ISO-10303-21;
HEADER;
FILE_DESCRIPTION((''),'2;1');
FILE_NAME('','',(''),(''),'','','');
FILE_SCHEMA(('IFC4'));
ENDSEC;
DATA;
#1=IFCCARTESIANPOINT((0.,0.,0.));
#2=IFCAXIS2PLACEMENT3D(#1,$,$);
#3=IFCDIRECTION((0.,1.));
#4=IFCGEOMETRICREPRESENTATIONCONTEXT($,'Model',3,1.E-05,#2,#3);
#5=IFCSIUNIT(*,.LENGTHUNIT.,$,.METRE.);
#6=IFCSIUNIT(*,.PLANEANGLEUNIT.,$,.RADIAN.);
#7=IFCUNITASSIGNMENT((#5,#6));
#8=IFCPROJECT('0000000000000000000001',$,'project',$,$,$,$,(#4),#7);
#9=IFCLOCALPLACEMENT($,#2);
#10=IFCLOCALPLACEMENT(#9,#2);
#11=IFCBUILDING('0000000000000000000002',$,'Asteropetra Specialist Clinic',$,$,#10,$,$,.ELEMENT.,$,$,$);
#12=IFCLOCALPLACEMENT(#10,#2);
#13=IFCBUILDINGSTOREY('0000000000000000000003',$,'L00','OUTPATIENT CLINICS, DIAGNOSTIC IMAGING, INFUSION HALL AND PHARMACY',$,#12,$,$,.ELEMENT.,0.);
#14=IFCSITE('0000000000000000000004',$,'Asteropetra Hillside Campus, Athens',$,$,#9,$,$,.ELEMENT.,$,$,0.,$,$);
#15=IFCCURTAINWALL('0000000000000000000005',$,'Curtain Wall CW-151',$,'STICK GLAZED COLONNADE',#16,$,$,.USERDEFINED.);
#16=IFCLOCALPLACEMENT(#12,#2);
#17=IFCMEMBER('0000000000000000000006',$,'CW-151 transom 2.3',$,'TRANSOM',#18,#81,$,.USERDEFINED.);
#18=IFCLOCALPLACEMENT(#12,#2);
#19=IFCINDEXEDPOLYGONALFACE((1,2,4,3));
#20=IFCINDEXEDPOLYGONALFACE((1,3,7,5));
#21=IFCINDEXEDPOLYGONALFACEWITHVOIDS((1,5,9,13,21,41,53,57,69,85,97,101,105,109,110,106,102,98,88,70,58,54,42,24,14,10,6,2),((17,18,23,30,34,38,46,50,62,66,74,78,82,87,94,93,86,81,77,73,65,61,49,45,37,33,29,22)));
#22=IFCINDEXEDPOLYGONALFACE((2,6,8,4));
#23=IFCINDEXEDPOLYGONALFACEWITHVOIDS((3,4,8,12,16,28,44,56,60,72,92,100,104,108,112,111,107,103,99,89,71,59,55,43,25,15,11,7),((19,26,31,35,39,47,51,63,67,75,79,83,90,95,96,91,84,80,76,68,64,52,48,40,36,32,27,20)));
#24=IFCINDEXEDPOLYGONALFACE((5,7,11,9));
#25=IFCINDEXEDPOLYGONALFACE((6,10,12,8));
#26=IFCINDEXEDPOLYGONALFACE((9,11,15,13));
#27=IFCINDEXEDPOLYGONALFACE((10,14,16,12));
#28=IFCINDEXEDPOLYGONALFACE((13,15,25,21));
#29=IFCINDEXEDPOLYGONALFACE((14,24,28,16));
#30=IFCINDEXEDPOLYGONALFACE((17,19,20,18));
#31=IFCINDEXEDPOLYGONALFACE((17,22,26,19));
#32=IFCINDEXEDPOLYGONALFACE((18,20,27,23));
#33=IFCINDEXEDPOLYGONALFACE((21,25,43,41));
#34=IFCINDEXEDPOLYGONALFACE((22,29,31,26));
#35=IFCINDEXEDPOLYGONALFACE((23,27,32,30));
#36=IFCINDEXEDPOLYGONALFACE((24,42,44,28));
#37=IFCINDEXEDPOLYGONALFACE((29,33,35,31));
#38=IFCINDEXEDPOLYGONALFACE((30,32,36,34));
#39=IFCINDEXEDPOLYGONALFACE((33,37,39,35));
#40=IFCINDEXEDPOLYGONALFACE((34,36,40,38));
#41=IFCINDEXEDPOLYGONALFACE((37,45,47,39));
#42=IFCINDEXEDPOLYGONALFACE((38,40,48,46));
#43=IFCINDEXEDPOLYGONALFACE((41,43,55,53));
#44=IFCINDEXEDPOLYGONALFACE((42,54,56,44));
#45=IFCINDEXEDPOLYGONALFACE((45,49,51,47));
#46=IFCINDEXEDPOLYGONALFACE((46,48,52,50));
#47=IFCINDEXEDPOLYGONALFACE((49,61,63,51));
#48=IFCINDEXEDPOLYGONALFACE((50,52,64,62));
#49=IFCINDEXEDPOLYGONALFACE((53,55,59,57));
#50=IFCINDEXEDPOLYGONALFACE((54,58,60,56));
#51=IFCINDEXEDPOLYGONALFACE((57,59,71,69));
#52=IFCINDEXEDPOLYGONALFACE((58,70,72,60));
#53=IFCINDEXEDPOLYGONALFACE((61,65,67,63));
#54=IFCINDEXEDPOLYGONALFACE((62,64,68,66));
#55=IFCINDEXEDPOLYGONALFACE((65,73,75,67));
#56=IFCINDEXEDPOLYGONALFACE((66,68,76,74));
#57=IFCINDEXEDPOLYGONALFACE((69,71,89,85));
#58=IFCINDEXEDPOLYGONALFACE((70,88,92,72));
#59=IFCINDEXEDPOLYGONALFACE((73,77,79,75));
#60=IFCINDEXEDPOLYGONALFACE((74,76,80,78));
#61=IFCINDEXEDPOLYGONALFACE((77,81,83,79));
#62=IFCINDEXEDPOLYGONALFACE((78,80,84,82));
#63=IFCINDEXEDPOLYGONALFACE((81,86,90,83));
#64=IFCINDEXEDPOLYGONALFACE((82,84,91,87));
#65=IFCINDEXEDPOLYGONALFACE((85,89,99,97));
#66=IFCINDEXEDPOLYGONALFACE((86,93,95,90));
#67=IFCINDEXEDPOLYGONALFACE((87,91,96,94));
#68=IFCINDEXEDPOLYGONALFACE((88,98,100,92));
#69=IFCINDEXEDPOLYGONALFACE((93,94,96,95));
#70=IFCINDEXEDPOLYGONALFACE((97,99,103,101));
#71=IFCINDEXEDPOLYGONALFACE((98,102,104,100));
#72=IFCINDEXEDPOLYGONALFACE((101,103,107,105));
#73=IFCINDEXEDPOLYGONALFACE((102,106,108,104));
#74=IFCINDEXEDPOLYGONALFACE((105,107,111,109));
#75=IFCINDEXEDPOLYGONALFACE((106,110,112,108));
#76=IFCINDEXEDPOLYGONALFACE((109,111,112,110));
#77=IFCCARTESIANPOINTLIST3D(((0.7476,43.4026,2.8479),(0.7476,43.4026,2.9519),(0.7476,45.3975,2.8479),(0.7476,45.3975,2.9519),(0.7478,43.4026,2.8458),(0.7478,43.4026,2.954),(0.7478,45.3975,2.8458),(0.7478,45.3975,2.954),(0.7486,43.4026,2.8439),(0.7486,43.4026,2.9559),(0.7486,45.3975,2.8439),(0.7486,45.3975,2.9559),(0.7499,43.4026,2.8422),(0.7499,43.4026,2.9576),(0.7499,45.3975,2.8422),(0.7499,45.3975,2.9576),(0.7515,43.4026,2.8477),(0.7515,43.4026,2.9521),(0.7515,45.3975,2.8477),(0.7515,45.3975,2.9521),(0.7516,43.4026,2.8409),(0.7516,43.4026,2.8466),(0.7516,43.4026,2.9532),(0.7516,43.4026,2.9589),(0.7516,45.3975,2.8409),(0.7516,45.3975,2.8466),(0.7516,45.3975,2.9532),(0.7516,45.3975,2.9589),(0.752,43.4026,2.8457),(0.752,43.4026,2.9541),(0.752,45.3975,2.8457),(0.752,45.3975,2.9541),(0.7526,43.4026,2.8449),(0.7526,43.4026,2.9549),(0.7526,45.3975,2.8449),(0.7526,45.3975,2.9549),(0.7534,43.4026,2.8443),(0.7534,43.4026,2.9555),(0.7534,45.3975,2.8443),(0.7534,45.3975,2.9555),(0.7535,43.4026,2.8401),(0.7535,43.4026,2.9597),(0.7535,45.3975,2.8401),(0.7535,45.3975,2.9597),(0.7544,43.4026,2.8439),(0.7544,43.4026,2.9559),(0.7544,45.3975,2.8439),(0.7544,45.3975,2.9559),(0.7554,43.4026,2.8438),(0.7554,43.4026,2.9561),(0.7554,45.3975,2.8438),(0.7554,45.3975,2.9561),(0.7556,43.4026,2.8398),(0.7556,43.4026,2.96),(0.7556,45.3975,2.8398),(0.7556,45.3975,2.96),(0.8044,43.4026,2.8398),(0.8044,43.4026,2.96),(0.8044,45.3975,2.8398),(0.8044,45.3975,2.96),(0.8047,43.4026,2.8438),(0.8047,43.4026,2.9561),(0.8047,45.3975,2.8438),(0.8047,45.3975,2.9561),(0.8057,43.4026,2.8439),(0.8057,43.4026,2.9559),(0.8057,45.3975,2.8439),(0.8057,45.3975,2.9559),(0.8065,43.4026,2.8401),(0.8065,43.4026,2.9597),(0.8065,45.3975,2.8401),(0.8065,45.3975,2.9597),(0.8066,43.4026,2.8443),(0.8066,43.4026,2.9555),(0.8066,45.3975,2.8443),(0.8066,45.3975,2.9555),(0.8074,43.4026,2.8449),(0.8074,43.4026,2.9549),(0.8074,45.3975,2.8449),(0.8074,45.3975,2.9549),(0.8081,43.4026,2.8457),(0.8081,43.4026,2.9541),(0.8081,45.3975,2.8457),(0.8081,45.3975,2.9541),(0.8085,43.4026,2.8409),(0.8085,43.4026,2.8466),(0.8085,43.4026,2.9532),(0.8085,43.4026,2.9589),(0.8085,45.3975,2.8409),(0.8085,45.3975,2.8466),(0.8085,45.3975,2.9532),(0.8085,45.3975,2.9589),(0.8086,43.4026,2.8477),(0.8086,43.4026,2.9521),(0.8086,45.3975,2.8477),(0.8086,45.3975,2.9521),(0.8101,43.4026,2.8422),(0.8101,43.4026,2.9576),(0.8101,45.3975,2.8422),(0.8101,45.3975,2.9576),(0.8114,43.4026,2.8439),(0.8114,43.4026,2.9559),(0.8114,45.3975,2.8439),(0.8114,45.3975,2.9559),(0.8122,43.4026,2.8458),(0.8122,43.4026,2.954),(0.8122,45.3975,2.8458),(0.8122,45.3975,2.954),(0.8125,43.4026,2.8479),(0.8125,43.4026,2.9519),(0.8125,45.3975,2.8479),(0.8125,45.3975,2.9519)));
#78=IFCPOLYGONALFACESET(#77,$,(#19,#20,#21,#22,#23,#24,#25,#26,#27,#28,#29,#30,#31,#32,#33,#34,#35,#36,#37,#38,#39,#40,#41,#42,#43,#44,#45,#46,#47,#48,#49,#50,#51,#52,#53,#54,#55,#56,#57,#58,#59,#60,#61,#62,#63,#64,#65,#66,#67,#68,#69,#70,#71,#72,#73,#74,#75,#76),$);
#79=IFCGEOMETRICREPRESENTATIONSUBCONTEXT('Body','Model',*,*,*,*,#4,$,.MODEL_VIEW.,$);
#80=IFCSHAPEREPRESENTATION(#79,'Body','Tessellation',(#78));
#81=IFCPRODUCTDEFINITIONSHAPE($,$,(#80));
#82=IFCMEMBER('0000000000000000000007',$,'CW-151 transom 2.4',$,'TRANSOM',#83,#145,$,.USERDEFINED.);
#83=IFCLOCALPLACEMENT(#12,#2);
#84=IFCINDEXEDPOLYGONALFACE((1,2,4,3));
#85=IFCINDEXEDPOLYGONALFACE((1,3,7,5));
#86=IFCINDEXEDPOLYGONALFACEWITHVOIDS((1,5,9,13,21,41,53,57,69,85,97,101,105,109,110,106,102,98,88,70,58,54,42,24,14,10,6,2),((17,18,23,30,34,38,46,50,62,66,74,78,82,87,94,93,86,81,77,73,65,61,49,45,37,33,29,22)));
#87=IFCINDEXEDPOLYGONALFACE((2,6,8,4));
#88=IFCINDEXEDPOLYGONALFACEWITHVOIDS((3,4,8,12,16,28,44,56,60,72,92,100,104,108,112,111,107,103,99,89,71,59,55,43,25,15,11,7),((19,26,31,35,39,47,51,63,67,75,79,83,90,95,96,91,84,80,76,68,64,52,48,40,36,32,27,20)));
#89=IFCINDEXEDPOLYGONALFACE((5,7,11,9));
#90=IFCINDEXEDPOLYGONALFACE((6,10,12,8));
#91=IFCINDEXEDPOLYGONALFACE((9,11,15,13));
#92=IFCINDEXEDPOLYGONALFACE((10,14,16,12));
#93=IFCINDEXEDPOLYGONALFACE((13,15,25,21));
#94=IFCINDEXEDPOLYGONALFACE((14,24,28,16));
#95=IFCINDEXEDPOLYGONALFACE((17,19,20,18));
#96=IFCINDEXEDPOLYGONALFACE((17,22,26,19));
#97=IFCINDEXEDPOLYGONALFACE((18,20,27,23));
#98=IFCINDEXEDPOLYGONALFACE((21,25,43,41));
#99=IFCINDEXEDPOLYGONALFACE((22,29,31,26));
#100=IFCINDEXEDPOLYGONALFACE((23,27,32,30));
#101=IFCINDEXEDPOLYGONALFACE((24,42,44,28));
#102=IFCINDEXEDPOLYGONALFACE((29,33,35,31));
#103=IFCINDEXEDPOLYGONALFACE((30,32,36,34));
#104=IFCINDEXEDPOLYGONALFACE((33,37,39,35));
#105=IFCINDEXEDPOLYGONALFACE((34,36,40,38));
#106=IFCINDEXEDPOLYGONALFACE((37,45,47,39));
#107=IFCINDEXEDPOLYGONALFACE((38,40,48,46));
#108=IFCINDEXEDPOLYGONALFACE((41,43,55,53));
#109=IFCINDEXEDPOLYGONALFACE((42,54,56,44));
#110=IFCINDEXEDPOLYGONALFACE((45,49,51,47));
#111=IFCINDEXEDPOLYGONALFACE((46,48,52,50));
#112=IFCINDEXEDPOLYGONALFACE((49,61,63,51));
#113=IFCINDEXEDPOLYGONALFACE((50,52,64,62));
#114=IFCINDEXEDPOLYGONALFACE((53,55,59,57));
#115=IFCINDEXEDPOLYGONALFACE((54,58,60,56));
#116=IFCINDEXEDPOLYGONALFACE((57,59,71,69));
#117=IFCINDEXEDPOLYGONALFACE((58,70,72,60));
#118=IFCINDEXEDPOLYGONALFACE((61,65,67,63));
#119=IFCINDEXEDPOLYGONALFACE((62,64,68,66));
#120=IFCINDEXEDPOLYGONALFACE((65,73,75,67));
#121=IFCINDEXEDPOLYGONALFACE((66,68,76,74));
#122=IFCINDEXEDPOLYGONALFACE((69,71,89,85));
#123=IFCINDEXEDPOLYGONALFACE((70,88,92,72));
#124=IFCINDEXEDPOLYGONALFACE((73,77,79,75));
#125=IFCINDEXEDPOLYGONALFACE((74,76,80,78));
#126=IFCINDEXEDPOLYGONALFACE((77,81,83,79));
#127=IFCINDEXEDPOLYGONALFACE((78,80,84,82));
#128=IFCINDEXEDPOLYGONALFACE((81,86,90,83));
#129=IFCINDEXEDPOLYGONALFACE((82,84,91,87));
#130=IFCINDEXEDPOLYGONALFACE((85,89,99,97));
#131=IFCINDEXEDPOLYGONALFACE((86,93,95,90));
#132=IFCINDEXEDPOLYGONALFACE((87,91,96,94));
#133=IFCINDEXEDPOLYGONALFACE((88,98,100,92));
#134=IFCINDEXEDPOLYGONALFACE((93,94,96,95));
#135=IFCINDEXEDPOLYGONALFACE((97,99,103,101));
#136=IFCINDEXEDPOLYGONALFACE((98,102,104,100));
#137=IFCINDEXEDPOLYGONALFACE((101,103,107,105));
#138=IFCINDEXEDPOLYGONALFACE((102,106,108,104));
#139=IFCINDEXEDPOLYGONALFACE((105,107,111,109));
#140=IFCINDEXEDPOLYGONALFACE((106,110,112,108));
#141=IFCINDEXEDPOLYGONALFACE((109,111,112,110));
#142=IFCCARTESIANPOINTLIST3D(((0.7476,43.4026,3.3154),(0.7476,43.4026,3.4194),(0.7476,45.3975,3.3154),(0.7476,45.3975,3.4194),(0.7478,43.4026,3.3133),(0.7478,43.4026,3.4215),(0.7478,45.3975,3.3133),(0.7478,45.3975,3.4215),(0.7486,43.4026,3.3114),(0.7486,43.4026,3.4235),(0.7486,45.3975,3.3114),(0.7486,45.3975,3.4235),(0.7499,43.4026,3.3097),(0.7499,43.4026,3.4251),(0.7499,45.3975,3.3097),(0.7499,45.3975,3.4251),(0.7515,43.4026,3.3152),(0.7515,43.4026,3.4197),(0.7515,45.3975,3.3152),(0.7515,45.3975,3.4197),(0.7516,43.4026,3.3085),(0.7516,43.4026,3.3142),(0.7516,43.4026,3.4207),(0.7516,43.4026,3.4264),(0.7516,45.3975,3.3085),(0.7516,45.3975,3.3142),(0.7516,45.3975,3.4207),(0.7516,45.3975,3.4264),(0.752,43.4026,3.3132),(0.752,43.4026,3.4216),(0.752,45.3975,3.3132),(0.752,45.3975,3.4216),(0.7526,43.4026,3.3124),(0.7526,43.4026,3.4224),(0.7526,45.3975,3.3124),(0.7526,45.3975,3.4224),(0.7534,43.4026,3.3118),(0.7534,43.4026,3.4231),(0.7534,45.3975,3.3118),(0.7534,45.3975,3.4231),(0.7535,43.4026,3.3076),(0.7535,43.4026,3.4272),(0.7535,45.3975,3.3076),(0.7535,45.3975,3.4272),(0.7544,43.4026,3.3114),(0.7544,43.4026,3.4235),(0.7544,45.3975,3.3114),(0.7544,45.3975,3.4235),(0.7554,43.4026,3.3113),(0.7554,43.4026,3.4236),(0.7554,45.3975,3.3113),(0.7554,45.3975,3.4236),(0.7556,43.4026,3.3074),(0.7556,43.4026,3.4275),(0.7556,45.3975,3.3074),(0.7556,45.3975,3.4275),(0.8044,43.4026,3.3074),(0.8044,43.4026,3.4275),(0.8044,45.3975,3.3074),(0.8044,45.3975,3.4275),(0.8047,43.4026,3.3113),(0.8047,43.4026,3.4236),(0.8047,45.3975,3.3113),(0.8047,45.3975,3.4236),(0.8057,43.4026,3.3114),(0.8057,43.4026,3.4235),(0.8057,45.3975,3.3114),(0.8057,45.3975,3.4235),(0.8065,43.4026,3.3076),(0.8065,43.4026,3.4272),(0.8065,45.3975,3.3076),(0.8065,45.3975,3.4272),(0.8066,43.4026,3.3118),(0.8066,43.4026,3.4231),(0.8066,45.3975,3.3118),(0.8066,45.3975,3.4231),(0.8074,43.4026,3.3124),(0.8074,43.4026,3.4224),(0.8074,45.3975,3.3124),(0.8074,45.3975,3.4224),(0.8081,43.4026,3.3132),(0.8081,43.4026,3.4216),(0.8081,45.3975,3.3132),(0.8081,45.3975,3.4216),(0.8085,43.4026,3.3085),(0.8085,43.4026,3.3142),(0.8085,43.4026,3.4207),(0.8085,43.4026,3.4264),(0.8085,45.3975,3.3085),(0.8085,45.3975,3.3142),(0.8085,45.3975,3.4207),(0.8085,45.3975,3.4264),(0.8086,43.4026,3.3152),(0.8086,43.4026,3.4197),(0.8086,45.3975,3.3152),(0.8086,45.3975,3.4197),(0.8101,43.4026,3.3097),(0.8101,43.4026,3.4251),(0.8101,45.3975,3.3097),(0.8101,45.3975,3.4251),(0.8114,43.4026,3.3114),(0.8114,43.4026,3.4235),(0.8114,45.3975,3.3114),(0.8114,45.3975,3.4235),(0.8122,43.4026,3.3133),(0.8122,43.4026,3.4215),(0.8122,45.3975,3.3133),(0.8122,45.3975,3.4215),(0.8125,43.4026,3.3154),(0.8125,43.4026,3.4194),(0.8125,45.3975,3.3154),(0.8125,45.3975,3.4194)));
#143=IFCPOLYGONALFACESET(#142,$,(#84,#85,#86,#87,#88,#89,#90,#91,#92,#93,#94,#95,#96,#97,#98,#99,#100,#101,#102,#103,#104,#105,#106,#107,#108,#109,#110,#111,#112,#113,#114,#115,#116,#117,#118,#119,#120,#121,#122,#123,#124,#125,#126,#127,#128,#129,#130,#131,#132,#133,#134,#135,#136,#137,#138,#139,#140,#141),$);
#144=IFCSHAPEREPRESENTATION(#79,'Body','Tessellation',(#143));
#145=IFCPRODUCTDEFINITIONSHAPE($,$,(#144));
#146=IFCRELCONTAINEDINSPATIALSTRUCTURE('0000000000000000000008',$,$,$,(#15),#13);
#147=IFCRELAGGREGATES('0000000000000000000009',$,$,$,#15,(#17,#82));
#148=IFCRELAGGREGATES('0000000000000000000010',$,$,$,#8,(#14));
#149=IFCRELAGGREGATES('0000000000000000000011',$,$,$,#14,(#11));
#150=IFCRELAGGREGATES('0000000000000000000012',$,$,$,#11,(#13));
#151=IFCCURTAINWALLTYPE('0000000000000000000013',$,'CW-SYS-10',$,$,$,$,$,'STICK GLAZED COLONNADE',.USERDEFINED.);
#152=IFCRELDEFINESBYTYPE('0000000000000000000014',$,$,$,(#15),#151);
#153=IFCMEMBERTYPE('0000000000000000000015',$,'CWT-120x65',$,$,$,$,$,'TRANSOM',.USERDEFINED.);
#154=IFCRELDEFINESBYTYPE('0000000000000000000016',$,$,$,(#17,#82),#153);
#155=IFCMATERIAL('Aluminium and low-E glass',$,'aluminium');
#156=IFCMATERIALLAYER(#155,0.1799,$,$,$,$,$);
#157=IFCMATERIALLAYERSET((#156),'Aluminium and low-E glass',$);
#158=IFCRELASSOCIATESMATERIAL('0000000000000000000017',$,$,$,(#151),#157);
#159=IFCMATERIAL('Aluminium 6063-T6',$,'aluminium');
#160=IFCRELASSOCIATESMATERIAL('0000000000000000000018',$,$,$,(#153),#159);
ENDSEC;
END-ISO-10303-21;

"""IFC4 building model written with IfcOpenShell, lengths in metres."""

from ifc_helpers import new_model, si_unit, direction, frame, origin, origin_2d, place, context, subcontext, project, spatial, hollow_rectangle, extrude, material, layer, layer_set, material_profile, profile_set, type_object, element, aggregate, save


model = new_model("IFC4")

# Units and contexts
model_context = context("Model", 3, precision=1e-05, world=origin(), true_north=direction((0.0, 1.0)))
body_context = subcontext(model_context, "Body", "Model", "MODEL_VIEW")
ifc_project = project(units=[si_unit("LENGTHUNIT", "METRE"), si_unit("PLANEANGLEUNIT", "RADIAN")], contexts=[model_context])

# Site, building, storey
site_placement = place(None, origin())
site = spatial("IfcSite", under=ifc_project, at=site_placement, Name="Asteropetra Hillside Campus, Athens", CompositionType="ELEMENT", RefElevation=0.0)
building_placement = place(site_placement, origin())
building = spatial("IfcBuilding", under=site, at=building_placement, Name="Asteropetra Specialist Clinic", CompositionType="ELEMENT")
storey_placement = place(building_placement, origin())
storey = spatial("IfcBuildingStorey", under=building, at=storey_placement, Name="L00", Description="OUTPATIENT CLINICS, DIAGNOSTIC IMAGING, INFUSION HALL AND PHARMACY", CompositionType="ELEMENT", Elevation=0.0)

# Curtain wall, members
ifc_material_1 = material(Name="Aluminium and low-E glass", Category="aluminium")
ifc_layer_1 = layer(ifc_material_1, 0.1799)
ifc_layer_set_1 = layer_set([ifc_layer_1], Name="Aluminium and low-E glass")
curtain_wall_type = type_object("IfcCurtainWallType", Name="CW-SYS-10", ElementType="STICK GLAZED COLONNADE", PredefinedType="USERDEFINED", material=ifc_layer_set_1)
curtain_wall_placement = place(storey_placement, origin())
curtain_wall = element("IfcCurtainWall", 1, at=curtain_wall_placement, inside=storey, type_object=curtain_wall_type, Name="Curtain Wall CW-151", ObjectType="STICK GLAZED COLONNADE", PredefinedType="USERDEFINED")
ifc_material_2 = material(Name="Aluminium 6063-T6", Category="aluminium")
ifc_material_profile_1 = material_profile(ifc_material_2, hollow_rectangle(XDim=0.0649, YDim=0.1201, WallThickness=0.0039, InnerFilletRadius=0.0039, OuterFilletRadius=0.0081, at=origin_2d()), Name="TRN 120x65x4.0")
ifc_profile_set_1 = profile_set([ifc_material_profile_1], Name="Aluminium 6063-T6")
member_type_1 = type_object("IfcMemberType", Name="CWT-120x65", ElementType="TRANSOM", PredefinedType="USERDEFINED", material=ifc_profile_set_1)
member_1_placement = place(storey_placement, frame((0.78, 45.3975, 2.8999), z_axis=(0.0, -1.0, 0.0), x_axis=(1.0, 0.0, 0.0)))
member_1 = element("IfcMember", 2, at=member_1_placement, type_object=member_type_1, Name="CW-151 transom 2.3", ObjectType="TRANSOM", PredefinedType="USERDEFINED", context=body_context, shape_type="SweptSolid", body=[
    extrude(hollow_rectangle(XDim=0.0649, YDim=0.1201, WallThickness=0.0039, InnerFilletRadius=0.0039, OuterFilletRadius=0.0081, at=origin_2d()), origin(), (0.0, 0.0, 1.0), 1.9949),
])
member_2_placement = place(storey_placement, frame((0.78, 45.3975, 3.3674), z_axis=(0.0, -1.0, 0.0), x_axis=(1.0, 0.0, 0.0)))
member_2 = element("IfcMember", 3, at=member_2_placement, type_object=member_type_1, Name="CW-151 transom 2.4", ObjectType="TRANSOM", PredefinedType="USERDEFINED", context=body_context, shape_type="SweptSolid", body=[
    extrude(hollow_rectangle(XDim=0.0649, YDim=0.1201, WallThickness=0.0039, InnerFilletRadius=0.0039, OuterFilletRadius=0.0081, at=origin_2d()), origin(), (0.0, 0.0, 1.0), 1.9949),
])

aggregate(curtain_wall, [member_1, member_2])

save(model, "model.ifc")
